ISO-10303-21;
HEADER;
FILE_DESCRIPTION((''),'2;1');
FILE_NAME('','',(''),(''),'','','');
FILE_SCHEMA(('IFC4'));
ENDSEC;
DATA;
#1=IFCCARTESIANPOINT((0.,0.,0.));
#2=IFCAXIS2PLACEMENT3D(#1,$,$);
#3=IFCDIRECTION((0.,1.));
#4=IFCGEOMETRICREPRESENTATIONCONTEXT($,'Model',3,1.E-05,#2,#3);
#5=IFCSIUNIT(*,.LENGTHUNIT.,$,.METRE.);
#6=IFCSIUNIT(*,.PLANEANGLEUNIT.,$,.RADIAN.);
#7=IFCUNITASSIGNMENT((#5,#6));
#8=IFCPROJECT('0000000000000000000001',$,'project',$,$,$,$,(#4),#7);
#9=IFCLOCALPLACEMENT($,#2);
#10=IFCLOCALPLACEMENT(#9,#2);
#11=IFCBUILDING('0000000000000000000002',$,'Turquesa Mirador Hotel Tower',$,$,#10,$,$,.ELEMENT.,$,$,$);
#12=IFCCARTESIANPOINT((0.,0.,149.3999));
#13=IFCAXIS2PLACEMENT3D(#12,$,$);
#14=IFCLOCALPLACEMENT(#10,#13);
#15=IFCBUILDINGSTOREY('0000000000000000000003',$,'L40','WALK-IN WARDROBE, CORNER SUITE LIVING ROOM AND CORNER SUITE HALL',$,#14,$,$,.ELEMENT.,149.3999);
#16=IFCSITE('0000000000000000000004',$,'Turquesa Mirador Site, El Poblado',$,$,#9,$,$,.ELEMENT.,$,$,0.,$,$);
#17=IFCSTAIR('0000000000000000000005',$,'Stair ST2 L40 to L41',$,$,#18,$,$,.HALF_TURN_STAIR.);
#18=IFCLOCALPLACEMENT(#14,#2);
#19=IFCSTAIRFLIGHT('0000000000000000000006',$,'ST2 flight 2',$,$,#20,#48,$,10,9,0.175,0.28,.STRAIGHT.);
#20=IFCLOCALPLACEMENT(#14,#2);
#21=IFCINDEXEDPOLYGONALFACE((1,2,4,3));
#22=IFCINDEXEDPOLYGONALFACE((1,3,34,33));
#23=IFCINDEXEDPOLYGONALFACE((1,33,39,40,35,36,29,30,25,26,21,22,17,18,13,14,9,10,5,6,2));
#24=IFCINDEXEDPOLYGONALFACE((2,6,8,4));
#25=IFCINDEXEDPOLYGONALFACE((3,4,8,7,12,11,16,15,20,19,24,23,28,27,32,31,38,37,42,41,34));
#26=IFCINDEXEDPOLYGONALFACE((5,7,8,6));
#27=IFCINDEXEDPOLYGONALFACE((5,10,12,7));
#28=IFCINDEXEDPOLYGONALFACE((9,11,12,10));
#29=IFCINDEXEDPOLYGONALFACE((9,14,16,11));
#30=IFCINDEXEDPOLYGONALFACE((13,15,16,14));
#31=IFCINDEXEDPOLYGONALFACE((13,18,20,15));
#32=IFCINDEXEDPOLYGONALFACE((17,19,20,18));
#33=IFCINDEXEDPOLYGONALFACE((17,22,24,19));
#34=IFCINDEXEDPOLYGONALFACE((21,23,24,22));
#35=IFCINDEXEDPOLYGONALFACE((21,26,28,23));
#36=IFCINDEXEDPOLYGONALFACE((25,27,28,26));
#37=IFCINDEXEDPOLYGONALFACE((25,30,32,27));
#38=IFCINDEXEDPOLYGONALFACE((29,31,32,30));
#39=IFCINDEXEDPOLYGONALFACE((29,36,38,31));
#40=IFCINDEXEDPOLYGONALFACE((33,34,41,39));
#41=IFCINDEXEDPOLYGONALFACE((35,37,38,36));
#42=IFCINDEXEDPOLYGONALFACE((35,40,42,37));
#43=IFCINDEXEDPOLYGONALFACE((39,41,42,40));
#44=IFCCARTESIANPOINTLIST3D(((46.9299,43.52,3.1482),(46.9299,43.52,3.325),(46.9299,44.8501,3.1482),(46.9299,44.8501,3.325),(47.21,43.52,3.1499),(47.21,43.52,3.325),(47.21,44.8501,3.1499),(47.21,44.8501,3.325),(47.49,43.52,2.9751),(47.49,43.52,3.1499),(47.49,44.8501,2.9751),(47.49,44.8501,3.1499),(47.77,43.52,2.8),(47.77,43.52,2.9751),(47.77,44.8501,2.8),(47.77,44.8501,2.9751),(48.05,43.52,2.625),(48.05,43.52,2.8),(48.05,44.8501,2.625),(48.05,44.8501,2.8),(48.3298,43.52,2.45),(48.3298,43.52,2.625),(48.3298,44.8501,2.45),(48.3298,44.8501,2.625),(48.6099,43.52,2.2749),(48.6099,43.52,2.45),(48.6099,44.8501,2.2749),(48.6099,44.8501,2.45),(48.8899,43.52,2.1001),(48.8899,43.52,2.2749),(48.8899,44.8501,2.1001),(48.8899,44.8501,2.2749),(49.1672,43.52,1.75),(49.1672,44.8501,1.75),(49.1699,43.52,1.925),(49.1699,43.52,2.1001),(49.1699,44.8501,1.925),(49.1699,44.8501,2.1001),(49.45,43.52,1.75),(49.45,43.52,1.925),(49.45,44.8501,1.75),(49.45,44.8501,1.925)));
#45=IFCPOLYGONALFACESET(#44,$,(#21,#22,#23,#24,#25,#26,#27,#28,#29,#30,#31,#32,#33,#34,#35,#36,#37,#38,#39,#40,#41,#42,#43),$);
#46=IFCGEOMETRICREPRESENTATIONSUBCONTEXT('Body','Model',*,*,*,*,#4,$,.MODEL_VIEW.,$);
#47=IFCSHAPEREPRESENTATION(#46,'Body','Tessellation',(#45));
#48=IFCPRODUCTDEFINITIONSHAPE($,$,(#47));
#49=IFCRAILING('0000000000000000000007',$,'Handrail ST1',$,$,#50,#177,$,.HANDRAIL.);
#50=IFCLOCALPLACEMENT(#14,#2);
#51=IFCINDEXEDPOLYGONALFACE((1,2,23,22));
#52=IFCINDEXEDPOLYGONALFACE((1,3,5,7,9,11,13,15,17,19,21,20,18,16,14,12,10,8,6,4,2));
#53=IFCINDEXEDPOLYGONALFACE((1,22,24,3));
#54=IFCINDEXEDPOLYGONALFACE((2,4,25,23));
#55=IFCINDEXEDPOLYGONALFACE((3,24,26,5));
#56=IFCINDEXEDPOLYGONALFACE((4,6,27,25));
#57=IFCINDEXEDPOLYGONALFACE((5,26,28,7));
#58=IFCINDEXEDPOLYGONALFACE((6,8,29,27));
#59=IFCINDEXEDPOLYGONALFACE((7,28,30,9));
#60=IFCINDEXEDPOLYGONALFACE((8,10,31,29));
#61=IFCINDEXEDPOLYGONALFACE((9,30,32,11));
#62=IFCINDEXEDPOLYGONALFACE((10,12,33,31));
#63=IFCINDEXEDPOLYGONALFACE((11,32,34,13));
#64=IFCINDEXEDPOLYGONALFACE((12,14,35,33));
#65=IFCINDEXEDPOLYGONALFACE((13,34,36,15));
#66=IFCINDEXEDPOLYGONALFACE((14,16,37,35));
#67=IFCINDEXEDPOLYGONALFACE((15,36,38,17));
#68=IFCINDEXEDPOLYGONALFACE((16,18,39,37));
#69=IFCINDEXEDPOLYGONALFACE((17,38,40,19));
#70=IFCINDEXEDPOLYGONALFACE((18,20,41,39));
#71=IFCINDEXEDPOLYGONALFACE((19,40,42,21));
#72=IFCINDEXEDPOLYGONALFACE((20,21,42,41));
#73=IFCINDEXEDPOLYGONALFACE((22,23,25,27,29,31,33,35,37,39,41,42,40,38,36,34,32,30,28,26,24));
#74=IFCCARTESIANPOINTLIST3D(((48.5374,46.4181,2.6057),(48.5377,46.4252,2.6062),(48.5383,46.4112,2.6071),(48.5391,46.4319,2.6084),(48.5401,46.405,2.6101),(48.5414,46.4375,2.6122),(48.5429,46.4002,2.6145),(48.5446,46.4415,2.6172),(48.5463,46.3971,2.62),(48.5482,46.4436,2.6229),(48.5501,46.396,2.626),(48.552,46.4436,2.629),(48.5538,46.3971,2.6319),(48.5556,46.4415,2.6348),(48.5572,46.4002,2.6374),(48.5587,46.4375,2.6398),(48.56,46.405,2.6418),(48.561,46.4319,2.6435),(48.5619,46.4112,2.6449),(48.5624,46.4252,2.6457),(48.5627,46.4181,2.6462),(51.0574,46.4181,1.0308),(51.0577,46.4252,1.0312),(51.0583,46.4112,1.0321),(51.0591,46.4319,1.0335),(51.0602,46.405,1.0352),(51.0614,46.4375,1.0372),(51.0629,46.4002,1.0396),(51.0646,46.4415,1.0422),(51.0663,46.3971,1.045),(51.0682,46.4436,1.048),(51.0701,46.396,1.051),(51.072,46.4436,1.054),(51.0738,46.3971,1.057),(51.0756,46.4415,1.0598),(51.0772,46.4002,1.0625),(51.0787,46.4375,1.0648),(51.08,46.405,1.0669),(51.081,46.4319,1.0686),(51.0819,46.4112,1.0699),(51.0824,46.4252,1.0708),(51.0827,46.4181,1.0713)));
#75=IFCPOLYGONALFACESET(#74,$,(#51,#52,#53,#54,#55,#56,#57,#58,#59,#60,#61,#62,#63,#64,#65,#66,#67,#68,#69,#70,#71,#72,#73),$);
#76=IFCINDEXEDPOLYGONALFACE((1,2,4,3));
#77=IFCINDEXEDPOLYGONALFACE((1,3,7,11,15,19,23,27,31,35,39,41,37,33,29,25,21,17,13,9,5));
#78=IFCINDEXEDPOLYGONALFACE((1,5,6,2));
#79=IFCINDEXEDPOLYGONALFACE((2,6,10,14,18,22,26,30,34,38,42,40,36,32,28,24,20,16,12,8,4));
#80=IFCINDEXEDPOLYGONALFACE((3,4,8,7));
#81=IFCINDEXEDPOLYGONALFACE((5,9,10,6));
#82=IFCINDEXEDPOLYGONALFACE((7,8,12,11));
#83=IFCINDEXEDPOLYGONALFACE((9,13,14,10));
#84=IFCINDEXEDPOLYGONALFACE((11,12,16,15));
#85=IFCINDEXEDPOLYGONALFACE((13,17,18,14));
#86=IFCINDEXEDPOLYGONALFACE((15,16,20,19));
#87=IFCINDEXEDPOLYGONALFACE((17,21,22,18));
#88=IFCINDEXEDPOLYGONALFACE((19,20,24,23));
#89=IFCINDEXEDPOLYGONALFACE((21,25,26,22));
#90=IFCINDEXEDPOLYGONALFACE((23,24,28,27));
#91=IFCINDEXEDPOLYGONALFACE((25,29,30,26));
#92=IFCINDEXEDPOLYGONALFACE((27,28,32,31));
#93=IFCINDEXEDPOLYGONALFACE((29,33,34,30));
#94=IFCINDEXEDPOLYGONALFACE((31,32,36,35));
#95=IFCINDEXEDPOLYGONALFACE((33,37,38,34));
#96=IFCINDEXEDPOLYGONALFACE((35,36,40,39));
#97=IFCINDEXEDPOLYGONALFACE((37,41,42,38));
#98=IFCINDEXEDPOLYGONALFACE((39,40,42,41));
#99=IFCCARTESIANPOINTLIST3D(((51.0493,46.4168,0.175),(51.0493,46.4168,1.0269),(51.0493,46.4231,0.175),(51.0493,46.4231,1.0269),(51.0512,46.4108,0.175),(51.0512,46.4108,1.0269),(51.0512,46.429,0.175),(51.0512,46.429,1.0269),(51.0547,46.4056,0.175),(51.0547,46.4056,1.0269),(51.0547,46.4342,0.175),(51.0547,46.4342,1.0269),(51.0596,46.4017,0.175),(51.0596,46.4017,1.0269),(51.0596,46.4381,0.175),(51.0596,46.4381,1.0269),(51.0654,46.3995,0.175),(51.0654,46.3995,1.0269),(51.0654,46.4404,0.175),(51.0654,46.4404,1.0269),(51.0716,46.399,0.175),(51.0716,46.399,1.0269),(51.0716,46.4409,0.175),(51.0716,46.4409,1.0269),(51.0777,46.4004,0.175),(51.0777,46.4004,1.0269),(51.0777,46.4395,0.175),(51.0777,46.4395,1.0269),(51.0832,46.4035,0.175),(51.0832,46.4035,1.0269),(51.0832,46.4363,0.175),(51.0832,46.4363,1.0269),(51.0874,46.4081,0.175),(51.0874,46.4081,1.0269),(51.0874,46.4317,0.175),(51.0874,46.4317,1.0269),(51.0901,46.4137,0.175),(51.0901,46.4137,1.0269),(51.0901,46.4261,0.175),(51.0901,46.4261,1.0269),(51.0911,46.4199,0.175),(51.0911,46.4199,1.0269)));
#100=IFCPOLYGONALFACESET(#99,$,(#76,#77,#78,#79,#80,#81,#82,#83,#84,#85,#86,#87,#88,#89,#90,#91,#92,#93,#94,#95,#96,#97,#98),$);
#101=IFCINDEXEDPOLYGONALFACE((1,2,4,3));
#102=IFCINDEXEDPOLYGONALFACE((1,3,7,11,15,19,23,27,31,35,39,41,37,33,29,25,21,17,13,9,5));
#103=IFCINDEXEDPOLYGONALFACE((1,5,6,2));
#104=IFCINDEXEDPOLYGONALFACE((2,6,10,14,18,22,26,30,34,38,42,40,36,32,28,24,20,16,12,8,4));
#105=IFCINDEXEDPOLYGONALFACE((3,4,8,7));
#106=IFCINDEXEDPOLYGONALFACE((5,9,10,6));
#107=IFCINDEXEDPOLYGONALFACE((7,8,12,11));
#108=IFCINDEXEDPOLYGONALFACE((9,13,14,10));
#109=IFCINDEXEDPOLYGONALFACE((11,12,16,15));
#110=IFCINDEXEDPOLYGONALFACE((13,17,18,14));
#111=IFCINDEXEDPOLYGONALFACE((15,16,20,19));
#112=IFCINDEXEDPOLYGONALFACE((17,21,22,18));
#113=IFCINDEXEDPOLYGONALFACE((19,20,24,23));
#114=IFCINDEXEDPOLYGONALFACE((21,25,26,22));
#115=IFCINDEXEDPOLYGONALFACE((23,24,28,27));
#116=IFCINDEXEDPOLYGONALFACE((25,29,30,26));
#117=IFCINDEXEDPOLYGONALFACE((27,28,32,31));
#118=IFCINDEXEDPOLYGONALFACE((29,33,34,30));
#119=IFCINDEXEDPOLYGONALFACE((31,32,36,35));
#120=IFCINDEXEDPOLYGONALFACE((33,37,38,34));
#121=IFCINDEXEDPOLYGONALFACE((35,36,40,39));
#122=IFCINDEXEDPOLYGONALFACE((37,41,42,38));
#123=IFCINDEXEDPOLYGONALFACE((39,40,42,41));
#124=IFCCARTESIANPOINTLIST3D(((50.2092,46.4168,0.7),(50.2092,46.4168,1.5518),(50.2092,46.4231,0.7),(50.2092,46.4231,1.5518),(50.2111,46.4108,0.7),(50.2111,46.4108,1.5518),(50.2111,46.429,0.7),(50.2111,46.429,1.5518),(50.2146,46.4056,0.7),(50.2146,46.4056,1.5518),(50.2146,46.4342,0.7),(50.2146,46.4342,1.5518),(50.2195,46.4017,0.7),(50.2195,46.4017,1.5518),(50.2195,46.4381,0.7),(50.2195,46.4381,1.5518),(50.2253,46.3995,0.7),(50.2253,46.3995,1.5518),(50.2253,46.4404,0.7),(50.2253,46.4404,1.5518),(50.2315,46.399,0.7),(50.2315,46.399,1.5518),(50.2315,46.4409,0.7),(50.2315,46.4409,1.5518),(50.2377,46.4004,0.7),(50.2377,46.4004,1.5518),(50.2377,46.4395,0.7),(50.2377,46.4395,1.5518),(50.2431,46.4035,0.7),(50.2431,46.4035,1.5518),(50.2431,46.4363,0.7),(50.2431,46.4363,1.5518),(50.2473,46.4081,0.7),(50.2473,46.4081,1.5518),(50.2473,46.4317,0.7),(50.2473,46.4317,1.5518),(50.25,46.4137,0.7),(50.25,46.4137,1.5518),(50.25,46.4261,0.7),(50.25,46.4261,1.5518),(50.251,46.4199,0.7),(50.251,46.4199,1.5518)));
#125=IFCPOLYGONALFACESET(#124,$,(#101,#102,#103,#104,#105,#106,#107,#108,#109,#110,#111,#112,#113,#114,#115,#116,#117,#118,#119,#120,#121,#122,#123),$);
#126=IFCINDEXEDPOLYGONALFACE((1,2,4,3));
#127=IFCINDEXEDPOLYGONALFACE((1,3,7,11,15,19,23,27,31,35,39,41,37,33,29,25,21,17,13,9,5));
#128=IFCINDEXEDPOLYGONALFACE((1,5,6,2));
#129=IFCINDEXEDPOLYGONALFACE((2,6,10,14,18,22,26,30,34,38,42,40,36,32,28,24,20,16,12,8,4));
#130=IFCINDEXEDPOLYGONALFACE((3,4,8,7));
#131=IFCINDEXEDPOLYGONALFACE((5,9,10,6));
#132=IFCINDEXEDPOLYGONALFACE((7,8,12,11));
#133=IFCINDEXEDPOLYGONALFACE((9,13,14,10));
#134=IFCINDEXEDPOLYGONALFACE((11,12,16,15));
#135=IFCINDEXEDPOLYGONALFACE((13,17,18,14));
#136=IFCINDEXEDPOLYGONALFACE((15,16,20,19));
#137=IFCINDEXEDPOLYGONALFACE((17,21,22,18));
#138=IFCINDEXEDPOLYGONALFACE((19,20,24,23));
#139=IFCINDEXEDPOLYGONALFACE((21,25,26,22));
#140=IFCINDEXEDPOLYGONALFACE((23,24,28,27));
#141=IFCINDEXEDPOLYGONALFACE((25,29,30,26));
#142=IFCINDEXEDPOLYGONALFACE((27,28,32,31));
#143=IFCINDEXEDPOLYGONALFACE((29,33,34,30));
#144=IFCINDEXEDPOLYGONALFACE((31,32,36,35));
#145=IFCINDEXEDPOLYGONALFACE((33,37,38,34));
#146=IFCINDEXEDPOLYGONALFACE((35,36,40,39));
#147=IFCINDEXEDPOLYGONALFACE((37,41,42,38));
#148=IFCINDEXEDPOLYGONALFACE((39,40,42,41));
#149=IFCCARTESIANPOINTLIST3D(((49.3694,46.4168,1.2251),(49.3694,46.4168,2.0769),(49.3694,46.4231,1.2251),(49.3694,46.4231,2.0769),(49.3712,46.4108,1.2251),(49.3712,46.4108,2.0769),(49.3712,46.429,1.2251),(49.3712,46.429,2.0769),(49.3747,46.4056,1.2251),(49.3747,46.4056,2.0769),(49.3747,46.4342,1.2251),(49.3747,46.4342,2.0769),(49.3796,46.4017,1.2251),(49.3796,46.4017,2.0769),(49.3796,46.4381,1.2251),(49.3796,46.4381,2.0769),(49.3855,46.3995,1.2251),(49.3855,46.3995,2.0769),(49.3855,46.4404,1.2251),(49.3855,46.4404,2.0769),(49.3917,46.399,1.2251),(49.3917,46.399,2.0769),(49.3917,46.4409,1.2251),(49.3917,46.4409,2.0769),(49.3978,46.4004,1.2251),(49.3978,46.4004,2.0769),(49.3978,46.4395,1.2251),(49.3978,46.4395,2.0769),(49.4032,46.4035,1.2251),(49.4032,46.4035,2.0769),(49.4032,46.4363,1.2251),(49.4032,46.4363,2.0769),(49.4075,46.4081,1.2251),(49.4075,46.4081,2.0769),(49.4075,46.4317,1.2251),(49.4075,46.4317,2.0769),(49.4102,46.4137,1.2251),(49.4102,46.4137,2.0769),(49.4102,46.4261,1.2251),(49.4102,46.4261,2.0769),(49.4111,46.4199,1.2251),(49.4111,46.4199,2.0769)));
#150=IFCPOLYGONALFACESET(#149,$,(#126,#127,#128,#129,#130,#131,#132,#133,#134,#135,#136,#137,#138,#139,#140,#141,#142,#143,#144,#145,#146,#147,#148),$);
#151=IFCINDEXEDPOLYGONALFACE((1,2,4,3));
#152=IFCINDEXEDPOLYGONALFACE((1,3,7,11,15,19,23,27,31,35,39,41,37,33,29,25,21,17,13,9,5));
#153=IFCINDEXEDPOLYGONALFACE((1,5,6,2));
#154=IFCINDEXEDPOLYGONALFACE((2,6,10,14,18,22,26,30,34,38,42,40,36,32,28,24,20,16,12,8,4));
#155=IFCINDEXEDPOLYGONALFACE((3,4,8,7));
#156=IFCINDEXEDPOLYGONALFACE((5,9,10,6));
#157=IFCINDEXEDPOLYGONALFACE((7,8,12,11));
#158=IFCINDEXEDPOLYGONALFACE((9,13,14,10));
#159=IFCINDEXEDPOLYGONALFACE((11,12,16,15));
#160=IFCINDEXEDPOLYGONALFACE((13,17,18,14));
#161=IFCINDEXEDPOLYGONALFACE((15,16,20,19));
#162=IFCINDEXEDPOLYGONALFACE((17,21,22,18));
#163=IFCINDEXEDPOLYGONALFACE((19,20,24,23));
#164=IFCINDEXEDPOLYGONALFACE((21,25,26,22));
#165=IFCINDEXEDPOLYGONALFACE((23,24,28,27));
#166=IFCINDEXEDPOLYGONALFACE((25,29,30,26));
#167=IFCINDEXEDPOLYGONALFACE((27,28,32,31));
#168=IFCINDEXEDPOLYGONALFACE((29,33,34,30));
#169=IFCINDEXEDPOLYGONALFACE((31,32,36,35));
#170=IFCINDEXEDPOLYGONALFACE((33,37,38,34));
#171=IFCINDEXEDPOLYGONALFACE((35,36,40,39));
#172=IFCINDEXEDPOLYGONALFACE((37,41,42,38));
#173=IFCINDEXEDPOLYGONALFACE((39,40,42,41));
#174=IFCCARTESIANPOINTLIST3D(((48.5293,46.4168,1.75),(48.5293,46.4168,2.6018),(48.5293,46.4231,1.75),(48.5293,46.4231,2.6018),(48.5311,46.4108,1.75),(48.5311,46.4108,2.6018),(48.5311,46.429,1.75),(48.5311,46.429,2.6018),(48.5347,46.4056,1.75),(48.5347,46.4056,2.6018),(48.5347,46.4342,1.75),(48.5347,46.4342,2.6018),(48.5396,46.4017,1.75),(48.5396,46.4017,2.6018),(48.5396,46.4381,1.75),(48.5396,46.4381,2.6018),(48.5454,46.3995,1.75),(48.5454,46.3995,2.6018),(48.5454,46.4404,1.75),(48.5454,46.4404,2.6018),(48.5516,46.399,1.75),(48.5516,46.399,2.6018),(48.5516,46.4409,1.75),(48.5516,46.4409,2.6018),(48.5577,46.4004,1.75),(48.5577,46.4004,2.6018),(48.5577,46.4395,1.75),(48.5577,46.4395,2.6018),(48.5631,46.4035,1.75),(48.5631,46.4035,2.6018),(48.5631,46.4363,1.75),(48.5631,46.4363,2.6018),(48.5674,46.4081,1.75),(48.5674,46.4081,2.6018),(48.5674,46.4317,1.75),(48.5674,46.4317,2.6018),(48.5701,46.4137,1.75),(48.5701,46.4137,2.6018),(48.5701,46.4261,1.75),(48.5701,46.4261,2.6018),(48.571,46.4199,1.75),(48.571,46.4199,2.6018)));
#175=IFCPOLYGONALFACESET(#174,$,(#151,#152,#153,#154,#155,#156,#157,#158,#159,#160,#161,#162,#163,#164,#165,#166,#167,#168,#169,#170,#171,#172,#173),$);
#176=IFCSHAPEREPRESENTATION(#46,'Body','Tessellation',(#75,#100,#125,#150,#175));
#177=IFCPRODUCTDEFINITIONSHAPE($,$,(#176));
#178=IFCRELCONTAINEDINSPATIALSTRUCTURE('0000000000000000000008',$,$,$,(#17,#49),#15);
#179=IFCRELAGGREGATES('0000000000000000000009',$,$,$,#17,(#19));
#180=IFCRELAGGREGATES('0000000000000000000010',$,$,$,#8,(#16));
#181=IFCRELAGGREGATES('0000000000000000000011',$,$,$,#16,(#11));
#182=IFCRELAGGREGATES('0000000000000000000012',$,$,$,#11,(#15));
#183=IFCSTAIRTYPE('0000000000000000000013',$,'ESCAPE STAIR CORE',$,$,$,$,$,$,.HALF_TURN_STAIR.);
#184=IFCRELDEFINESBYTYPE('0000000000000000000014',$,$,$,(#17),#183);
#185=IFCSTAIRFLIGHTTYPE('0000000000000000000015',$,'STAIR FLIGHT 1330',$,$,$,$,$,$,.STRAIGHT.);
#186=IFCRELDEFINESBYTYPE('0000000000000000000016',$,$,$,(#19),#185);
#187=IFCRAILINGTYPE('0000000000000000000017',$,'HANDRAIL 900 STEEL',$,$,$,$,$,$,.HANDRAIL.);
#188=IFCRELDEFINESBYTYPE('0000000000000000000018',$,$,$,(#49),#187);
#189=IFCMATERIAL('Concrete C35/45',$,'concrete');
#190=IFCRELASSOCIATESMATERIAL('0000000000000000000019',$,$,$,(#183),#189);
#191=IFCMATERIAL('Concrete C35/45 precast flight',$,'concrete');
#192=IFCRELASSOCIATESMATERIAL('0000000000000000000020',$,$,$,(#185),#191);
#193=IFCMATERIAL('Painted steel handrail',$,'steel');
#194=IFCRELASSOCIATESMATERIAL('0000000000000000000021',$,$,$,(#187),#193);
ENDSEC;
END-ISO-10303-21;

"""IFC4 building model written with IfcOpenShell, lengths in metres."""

from ifc_helpers import new_model, si_unit, direction, frame, origin, origin_2d, place, context, subcontext, project, spatial, polyline, circle, outline, extrude, material, type_object, element, aggregate, save


model = new_model("IFC4")

# Units and contexts
model_context = context("Model", 3, precision=1e-05, world=origin(), true_north=direction((0.0, 1.0)))
body_context = subcontext(model_context, "Body", "Model", "MODEL_VIEW")
ifc_project = project(units=[si_unit("LENGTHUNIT", "METRE"), si_unit("PLANEANGLEUNIT", "RADIAN")], contexts=[model_context])

# Site, building, storey
site_placement = place(None, origin())
site = spatial("IfcSite", under=ifc_project, at=site_placement, Name="Turquesa Mirador Site, El Poblado", CompositionType="ELEMENT", RefElevation=0.0)
building_placement = place(site_placement, origin())
building = spatial("IfcBuilding", under=site, at=building_placement, Name="Turquesa Mirador Hotel Tower", CompositionType="ELEMENT")
storey_placement = place(building_placement, frame((0.0, 0.0, 149.3999)))
storey = spatial("IfcBuildingStorey", under=building, at=storey_placement, Name="L40", Description="WALK-IN WARDROBE, CORNER SUITE LIVING ROOM AND CORNER SUITE HALL", CompositionType="ELEMENT", Elevation=149.3999)

# Shared definitions
ifc_material_1 = material(Name="Concrete C35/45", Category="concrete")
stair_type = type_object("IfcStairType", Name="ESCAPE STAIR CORE", PredefinedType="HALF_TURN_STAIR", material=ifc_material_1)
ifc_material_2 = material(Name="Concrete C35/45 precast flight", Category="concrete")
stair_flight_type = type_object("IfcStairFlightType", Name="STAIR FLIGHT 1330", PredefinedType="STRAIGHT", material=ifc_material_2)

# Stair, stair flight
stair_1_placement = place(storey_placement, origin())
stair_1 = element("IfcStair", 1, at=stair_1_placement, inside=storey, type_object=stair_type, Name="Stair ST2 L40 to L41", PredefinedType="HALF_TURN_STAIR")
stair_flight_1_placement = place(storey_placement, frame((49.45, 44.1851, 1.75), z_axis=(0.0, 0.0, 1.0), x_axis=(-1.0, 0.0, 0.0)))
stair_flight_1 = element("IfcStairFlight", 2, at=stair_flight_1_placement, type_object=stair_flight_type, Name="ST2 flight 2", NumberOfRisers=10, NumberOfTreads=9, PredefinedType="STRAIGHT", RiserHeight=0.175, TreadLength=0.28, context=body_context, shape_type="SweptSolid", body=[
    extrude(outline(polyline([(0.0, 0.0), (0.0, 0.175), (0.28, 0.175), (0.28, 0.3501), (0.5601, 0.3501), (0.5601, 0.5249), (0.8401, 0.5249), (0.8401, 0.7), (1.1201, 0.7), (1.1201, 0.875), (1.3999, 0.875), (1.3999, 1.05), (1.6799, 1.05), (1.6799, 1.2251), (1.96, 1.2251), (1.96, 1.3999), (2.24, 1.3999), (2.24, 1.575), (2.52, 1.575), (2.52, 1.75), (2.52, 1.3982), (0.2827, 0.0), (0.0, 0.0)])), frame((0.0, 0.665, 0.0), z_axis=(0.0, -1.0, 0.0), x_axis=(1.0, 0.0, 0.0)), (0.0, 0.0, 1.0), 1.3301),
])
aggregate(stair_1, [stair_flight_1])

# Railing
ifc_material_3 = material(Name="Painted steel handrail", Category="steel")
railing_type = type_object("IfcRailingType", Name="HANDRAIL 900 STEEL", PredefinedType="HANDRAIL", material=ifc_material_3)
railing_1_placement = place(storey_placement, frame((51.0701, 46.4199, 0.175)))
element("IfcRailing", 3, at=railing_1_placement, inside=storey, type_object=railing_type, Name="Handrail ST1", PredefinedType="HANDRAIL", context=body_context, shape_type="SweptSolid", body=[
    extrude(circle(Radius=0.0239, at=origin_2d()), frame((0.0, 0.0, 0.876), z_axis=(-0.848008, 0.0, 0.529984), x_axis=(0.0, -1.0, 0.0)), (0.0, 0.0, 1.0), 2.9717),
    extrude(circle(Radius=0.021, at=origin_2d()), origin(), (0.0, 0.0, 1.0), 0.8518),
    extrude(circle(Radius=0.021, at=origin_2d()), frame((-0.8401, 0.0, 0.5249)), (0.0, 0.0, 1.0), 0.8518),
    extrude(circle(Radius=0.021, at=origin_2d()), frame((-1.6799, 0.0, 1.05)), (0.0, 0.0, 1.0), 0.8518),
    extrude(circle(Radius=0.021, at=origin_2d()), frame((-2.52, 0.0, 1.575)), (0.0, 0.0, 1.0), 0.8518),
])

save(model, "model.ifc")
